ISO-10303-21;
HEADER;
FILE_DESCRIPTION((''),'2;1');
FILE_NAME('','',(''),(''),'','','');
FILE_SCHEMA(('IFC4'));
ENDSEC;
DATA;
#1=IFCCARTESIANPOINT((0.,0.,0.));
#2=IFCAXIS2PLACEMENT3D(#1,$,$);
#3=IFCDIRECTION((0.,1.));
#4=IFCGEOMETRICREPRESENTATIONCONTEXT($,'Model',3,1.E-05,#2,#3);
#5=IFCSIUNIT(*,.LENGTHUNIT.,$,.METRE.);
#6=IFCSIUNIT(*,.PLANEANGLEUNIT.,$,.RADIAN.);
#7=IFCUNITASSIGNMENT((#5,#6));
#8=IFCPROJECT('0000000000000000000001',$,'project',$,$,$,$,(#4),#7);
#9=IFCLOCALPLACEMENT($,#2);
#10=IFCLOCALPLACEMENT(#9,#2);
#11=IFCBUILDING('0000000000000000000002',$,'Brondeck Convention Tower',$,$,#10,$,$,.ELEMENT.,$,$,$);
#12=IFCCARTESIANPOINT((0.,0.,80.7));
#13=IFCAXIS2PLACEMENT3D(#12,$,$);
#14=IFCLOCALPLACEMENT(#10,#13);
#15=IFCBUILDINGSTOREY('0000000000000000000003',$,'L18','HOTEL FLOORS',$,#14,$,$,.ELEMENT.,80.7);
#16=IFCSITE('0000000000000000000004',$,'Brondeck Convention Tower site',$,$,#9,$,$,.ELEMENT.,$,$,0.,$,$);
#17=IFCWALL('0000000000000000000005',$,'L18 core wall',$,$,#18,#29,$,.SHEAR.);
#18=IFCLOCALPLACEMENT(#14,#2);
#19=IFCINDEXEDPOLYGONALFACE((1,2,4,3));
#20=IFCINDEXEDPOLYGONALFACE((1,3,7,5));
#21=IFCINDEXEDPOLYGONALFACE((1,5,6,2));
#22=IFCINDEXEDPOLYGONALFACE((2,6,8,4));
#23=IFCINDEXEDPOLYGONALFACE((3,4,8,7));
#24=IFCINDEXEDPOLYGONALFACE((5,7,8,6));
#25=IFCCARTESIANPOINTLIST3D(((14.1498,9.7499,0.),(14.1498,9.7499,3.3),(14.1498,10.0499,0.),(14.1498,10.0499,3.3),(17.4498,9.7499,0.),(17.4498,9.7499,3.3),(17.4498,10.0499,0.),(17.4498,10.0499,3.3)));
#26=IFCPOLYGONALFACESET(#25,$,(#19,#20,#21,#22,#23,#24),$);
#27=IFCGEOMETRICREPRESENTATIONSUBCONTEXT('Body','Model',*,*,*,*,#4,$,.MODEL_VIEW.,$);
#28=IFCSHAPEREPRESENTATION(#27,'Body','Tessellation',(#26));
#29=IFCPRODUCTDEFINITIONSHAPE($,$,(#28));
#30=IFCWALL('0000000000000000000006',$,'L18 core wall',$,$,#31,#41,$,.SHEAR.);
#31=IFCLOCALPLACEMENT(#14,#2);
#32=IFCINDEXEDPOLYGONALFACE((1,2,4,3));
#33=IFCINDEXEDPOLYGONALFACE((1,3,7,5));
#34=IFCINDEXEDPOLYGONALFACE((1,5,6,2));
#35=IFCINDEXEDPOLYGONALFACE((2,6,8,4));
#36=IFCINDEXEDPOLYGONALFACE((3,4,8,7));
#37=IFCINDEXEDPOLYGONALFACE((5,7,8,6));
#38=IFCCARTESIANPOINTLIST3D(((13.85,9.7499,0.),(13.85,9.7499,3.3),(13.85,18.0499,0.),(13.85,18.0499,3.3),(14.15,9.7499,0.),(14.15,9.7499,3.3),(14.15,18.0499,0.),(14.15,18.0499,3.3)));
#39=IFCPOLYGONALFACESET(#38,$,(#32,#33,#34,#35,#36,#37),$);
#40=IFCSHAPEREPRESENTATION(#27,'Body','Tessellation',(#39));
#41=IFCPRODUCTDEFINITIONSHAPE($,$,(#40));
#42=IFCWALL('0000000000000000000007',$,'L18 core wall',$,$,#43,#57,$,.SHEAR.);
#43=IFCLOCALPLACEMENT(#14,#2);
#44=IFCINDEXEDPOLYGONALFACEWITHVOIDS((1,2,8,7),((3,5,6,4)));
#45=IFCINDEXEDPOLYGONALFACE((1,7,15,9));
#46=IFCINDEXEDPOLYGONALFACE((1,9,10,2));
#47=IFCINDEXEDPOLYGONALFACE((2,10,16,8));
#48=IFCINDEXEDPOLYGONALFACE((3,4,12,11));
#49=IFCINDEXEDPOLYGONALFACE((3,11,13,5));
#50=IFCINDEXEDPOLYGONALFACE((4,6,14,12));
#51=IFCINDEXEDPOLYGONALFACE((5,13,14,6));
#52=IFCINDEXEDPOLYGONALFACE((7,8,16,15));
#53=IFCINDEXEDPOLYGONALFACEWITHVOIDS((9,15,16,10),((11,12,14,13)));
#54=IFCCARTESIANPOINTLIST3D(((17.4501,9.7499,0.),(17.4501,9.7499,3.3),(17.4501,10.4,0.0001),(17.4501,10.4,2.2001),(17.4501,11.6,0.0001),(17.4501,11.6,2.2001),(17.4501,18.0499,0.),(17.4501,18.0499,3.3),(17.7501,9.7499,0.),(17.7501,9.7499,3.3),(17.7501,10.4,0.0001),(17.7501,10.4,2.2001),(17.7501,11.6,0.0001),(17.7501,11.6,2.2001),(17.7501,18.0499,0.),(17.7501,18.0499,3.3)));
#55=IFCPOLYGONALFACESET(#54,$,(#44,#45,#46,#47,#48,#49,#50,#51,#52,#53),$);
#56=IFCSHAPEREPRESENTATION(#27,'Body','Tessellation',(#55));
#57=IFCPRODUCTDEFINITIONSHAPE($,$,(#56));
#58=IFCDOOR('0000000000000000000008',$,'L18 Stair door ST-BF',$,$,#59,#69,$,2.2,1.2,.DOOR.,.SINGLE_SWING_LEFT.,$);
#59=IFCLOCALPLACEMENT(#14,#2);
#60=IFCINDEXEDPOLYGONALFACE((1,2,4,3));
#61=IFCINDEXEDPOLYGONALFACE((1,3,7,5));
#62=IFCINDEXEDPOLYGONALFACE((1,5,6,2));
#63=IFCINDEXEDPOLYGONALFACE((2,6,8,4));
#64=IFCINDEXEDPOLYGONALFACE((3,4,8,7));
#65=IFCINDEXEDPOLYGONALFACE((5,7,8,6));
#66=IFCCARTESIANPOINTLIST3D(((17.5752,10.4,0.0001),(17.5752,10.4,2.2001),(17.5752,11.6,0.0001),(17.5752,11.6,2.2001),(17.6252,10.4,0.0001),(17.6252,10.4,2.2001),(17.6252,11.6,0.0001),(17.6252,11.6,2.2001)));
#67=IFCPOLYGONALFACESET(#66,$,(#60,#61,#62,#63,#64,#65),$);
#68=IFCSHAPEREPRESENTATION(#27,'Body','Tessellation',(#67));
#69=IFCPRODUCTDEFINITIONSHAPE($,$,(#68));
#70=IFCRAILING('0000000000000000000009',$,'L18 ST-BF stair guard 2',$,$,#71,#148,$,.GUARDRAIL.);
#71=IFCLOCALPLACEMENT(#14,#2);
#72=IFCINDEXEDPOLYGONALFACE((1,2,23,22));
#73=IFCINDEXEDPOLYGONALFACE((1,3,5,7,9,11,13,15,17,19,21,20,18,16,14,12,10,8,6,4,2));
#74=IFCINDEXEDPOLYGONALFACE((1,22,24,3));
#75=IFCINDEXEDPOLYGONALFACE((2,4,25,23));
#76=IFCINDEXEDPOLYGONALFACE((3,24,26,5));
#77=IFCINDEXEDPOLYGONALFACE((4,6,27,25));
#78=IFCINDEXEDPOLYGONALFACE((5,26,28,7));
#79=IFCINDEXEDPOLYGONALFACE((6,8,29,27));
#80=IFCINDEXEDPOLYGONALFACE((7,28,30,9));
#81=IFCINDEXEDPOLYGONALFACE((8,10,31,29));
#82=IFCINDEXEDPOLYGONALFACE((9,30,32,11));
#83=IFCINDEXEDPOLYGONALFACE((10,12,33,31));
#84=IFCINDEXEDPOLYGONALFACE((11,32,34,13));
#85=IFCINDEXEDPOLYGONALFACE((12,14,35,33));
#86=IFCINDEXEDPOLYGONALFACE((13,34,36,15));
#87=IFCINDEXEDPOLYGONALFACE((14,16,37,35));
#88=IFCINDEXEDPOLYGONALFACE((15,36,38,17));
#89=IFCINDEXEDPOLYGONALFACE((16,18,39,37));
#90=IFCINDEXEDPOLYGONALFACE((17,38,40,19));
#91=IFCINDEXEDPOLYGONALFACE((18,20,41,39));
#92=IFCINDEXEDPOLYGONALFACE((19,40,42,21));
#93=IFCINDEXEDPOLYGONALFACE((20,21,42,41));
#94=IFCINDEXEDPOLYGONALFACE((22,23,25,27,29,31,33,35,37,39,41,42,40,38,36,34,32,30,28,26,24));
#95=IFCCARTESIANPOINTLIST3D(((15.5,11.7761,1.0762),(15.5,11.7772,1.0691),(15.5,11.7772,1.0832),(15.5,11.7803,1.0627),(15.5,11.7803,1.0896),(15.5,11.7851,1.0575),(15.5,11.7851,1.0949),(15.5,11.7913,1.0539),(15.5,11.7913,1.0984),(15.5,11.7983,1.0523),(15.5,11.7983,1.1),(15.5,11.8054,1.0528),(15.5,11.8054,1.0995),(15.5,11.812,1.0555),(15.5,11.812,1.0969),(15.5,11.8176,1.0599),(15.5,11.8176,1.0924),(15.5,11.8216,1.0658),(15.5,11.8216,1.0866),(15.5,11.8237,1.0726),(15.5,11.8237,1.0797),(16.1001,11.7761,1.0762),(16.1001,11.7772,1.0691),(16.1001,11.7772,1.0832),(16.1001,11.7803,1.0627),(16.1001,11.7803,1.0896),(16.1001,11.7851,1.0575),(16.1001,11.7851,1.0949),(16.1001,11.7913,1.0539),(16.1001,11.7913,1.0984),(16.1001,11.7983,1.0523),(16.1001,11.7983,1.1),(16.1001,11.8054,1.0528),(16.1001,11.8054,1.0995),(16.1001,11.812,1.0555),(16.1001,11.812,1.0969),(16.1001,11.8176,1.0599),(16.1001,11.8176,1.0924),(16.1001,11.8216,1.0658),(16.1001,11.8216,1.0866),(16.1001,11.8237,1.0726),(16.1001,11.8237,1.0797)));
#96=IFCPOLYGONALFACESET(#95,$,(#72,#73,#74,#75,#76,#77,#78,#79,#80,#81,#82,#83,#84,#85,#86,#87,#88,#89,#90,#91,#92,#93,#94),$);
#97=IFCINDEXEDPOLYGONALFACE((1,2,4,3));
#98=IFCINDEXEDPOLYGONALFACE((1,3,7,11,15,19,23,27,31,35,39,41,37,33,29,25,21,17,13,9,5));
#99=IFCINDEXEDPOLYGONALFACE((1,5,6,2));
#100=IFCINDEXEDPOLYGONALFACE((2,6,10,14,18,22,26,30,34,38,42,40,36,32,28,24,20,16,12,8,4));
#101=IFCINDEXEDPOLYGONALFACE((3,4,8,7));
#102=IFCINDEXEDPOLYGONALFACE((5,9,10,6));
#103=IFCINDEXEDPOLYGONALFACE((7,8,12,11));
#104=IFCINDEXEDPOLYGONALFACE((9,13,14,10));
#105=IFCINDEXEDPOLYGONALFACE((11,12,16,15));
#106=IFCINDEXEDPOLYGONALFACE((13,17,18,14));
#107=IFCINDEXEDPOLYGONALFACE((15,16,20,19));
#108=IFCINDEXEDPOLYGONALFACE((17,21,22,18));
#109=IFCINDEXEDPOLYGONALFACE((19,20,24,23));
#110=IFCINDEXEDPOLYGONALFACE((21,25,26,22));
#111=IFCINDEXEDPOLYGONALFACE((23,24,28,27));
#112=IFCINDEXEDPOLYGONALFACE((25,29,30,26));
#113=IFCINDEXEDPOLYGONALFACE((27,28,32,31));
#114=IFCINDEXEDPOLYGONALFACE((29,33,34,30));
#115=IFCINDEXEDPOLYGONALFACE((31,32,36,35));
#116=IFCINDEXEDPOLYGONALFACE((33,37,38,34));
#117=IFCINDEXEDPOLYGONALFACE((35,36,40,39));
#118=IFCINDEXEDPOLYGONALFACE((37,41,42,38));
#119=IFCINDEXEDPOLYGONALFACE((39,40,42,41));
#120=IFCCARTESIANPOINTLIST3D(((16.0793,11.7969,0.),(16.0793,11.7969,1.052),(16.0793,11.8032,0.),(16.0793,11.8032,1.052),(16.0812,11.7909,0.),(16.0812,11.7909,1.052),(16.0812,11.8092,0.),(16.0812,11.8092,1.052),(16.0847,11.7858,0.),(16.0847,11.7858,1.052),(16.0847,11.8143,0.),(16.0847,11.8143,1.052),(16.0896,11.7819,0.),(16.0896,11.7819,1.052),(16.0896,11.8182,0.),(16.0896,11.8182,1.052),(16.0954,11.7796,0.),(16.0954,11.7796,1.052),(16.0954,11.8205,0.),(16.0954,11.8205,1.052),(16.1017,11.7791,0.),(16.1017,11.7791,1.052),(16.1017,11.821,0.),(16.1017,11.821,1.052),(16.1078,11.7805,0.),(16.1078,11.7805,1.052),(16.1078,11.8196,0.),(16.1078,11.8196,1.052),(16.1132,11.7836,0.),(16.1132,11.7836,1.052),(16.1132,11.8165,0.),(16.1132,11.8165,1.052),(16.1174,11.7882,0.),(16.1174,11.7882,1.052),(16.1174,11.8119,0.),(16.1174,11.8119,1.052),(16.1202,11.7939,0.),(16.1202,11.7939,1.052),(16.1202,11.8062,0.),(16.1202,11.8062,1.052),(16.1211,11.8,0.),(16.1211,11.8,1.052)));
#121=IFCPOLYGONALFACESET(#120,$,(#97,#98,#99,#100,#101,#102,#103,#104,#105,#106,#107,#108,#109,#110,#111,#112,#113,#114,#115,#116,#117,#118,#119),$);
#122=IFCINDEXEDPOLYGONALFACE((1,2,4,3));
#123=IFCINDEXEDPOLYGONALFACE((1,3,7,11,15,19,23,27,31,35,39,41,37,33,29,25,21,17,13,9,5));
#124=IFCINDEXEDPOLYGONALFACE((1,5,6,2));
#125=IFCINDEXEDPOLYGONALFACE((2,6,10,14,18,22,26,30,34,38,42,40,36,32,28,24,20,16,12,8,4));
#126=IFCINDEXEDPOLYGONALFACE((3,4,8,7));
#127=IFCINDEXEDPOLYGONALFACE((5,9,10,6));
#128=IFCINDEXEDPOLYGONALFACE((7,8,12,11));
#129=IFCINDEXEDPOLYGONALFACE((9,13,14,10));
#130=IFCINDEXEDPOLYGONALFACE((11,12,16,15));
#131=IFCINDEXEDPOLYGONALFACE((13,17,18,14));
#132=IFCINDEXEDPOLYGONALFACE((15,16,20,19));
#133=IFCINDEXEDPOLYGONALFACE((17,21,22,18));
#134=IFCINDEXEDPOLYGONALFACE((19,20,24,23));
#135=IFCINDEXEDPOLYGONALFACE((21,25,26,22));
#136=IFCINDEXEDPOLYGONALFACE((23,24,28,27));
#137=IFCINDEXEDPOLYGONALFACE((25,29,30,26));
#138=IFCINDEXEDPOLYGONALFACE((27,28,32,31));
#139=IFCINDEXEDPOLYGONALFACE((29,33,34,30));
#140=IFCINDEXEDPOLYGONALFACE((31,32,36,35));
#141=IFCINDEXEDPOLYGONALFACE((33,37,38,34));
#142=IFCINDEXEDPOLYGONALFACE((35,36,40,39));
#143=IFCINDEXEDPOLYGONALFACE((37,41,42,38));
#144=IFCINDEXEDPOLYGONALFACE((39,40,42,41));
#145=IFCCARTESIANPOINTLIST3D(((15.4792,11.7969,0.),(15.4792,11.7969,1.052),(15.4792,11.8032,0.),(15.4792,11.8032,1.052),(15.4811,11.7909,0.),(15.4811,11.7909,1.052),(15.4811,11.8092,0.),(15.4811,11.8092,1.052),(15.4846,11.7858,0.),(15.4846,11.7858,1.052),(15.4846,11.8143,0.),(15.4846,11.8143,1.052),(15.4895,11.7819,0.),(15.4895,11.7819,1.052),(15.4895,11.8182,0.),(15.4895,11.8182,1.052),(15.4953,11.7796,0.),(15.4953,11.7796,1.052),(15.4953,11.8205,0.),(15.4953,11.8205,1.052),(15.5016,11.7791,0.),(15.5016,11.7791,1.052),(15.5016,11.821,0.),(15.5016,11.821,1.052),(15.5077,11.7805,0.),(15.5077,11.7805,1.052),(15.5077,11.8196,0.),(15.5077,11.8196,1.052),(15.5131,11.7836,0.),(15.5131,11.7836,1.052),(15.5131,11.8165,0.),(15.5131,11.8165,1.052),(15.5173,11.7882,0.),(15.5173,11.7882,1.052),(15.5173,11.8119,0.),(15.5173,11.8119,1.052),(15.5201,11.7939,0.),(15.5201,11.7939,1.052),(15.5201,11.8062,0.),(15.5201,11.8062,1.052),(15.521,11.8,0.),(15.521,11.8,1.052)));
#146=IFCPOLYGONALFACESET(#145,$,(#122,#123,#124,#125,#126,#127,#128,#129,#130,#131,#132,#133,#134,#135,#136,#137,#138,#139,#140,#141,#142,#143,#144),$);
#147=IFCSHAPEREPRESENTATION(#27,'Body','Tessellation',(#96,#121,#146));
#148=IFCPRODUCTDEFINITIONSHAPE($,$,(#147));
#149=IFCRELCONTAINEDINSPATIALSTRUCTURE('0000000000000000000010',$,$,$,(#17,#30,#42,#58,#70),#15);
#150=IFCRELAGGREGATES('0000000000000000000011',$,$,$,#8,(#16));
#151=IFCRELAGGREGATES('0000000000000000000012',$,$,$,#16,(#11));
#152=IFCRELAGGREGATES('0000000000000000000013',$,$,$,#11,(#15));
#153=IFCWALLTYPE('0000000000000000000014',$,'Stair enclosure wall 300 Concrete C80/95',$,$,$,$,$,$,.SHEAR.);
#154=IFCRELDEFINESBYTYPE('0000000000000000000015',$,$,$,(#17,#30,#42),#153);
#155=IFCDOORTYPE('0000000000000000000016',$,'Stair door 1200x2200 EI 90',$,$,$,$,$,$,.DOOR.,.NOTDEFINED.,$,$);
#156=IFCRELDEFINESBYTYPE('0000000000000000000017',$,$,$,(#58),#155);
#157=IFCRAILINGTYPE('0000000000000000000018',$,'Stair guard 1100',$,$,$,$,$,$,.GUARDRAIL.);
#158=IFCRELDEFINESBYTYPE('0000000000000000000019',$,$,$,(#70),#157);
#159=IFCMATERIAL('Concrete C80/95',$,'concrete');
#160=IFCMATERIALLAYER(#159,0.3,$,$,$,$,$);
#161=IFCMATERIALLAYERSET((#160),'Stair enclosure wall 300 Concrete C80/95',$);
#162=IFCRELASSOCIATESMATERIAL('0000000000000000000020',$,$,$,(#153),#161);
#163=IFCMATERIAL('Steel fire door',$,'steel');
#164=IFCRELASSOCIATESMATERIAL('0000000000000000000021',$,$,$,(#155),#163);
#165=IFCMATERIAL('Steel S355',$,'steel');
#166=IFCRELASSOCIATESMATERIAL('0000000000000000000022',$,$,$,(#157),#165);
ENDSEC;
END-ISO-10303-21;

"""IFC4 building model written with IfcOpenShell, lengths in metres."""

from ifc_helpers import new_model, si_unit, direction, frame, frame_2d, origin, origin_2d, place, context, subcontext, project, spatial, rectangle, circle, extrude, material, layer, layer_set, type_object, element, fill, save


model = new_model("IFC4")

# Units and contexts
model_context = context("Model", 3, precision=1e-05, world=origin(), true_north=direction((0.0, 1.0)))
body_context = subcontext(model_context, "Body", "Model", "MODEL_VIEW")
ifc_project = project(units=[si_unit("LENGTHUNIT", "METRE"), si_unit("PLANEANGLEUNIT", "RADIAN")], contexts=[model_context])

# Site, building, storey
site_placement = place(None, origin())
site = spatial("IfcSite", under=ifc_project, at=site_placement, Name="Brondeck Convention Tower site", CompositionType="ELEMENT", RefElevation=0.0)
building_placement = place(site_placement, origin())
building = spatial("IfcBuilding", under=site, at=building_placement, Name="Brondeck Convention Tower", CompositionType="ELEMENT")
storey_placement = place(building_placement, frame((0.0, 0.0, 80.7)))
storey = spatial("IfcBuildingStorey", under=building, at=storey_placement, Name="L18", Description="HOTEL FLOORS", CompositionType="ELEMENT", Elevation=80.7)

# Shared definitions
ifc_material_1 = material(Name="Concrete C80/95", Category="concrete")

# Shared definitions
ifc_material_2 = material(Name="Steel S355", Category="steel")

# Walls
ifc_layer_1 = layer(ifc_material_1, 0.3)
ifc_layer_set_1 = layer_set([ifc_layer_1], Name="Stair enclosure wall 300 Concrete C80/95")
wall_type_1 = type_object("IfcWallType", Name="Stair enclosure wall 300 Concrete C80/95", PredefinedType="SHEAR", material=ifc_layer_set_1)
wall_1_placement = place(storey_placement, frame((14.1499, 9.8999, 0.0), z_axis=(0.0, 0.0, 1.0), x_axis=(1.0, 0.0, 0.0)))
element("IfcWall", 1, at=wall_1_placement, inside=storey, type_object=wall_type_1, Name="L18 core wall", PredefinedType="SHEAR", context=body_context, shape_type="SweptSolid", body=[
    extrude(rectangle(XDim=3.3, YDim=0.3, at=frame_2d((1.6499, 0.0))), origin(), (0.0, 0.0, 1.0), 3.3),
])
wall_2_placement = place(storey_placement, frame((14.0, 9.75, 0.0), z_axis=(0.0, 0.0, 1.0), x_axis=(0.0, 1.0, 0.0)))
element("IfcWall", 2, at=wall_2_placement, inside=storey, type_object=wall_type_1, Name="L18 core wall", PredefinedType="SHEAR", context=body_context, shape_type="SweptSolid", body=[
    extrude(rectangle(XDim=8.3, YDim=0.3, at=frame_2d((4.1499, 0.0))), origin(), (0.0, 0.0, 1.0), 3.3),
])

# Wall, opening, door
wall_3_placement = place(storey_placement, frame((17.6001, 9.75, 0.0), z_axis=(0.0, 0.0, 1.0), x_axis=(0.0, 1.0, 0.0)))
wall_3 = element("IfcWall", 3, at=wall_3_placement, inside=storey, type_object=wall_type_1, Name="L18 core wall", PredefinedType="SHEAR", context=body_context, shape_type="SweptSolid", body=[
    extrude(rectangle(XDim=8.3, YDim=0.3, at=frame_2d((4.1499, 0.0))), origin(), (0.0, 0.0, 1.0), 3.3),
])
opening_1_placement = place(wall_3_placement, frame((0.6499, 0.0, 0.0)))
opening_1 = element("IfcOpeningElement", 4, at=opening_1_placement, cuts=wall_3, PredefinedType="OPENING", context=body_context, shape_type="SweptSolid", body=[
    extrude(rectangle(XDim=1.2, YDim=2.2, at=frame_2d((0.6001, 1.1001))), frame((0.0, 0.1599, 0.0), z_axis=(0.0, -1.0, 0.0), x_axis=(1.0, 0.0, 0.0)), (0.0, 0.0, 1.0), 0.3201),
])
ifc_material_3 = material(Name="Steel fire door", Category="steel")
door_type_1 = type_object("IfcDoorType", Name="Stair door 1200x2200 EI 90", OperationType="NOTDEFINED", PredefinedType="DOOR", material=ifc_material_3)
door_1_placement = place(opening_1_placement, origin())
door_1 = element("IfcDoor", 5, at=door_1_placement, inside=storey, type_object=door_type_1, Name="L18 Stair door ST-BF", OperationType="SINGLE_SWING_LEFT", OverallHeight=2.2, OverallWidth=1.2, PredefinedType="DOOR", context=body_context, shape_type="SweptSolid", body=[
    extrude(rectangle(XDim=1.2, YDim=2.2, at=frame_2d((0.6001, 1.1001))), frame((0.0, 0.0249, 0.0), z_axis=(0.0, -1.0, 0.0), x_axis=(1.0, 0.0, 0.0)), (0.0, 0.0, 1.0), 0.05),
])
fill(opening_1, door_1)

# Railing
railing_type = type_object("IfcRailingType", Name="Stair guard 1100", PredefinedType="GUARDRAIL", material=ifc_material_2)
railing_1_placement = place(storey_placement, frame((16.1001, 11.8, 0.0)))
element("IfcRailing", 6, at=railing_1_placement, inside=storey, type_object=railing_type, Name="L18 ST-BF stair guard 2", PredefinedType="GUARDRAIL", context=body_context, shape_type="SweptSolid", body=[
    extrude(circle(Radius=0.0239, at=origin_2d()), frame((0.0, 0.0, 1.0762), z_axis=(-1.0, 0.0, 0.0), x_axis=(0.0, -1.0, 0.0)), (0.0, 0.0, 1.0), 0.6001),
    extrude(circle(Radius=0.021, at=origin_2d()), origin(), (0.0, 0.0, 1.0), 1.052),
    extrude(circle(Radius=0.021, at=origin_2d()), frame((-0.6001, 0.0, 0.0)), (0.0, 0.0, 1.0), 1.052),
])

save(model, "model.ifc")
